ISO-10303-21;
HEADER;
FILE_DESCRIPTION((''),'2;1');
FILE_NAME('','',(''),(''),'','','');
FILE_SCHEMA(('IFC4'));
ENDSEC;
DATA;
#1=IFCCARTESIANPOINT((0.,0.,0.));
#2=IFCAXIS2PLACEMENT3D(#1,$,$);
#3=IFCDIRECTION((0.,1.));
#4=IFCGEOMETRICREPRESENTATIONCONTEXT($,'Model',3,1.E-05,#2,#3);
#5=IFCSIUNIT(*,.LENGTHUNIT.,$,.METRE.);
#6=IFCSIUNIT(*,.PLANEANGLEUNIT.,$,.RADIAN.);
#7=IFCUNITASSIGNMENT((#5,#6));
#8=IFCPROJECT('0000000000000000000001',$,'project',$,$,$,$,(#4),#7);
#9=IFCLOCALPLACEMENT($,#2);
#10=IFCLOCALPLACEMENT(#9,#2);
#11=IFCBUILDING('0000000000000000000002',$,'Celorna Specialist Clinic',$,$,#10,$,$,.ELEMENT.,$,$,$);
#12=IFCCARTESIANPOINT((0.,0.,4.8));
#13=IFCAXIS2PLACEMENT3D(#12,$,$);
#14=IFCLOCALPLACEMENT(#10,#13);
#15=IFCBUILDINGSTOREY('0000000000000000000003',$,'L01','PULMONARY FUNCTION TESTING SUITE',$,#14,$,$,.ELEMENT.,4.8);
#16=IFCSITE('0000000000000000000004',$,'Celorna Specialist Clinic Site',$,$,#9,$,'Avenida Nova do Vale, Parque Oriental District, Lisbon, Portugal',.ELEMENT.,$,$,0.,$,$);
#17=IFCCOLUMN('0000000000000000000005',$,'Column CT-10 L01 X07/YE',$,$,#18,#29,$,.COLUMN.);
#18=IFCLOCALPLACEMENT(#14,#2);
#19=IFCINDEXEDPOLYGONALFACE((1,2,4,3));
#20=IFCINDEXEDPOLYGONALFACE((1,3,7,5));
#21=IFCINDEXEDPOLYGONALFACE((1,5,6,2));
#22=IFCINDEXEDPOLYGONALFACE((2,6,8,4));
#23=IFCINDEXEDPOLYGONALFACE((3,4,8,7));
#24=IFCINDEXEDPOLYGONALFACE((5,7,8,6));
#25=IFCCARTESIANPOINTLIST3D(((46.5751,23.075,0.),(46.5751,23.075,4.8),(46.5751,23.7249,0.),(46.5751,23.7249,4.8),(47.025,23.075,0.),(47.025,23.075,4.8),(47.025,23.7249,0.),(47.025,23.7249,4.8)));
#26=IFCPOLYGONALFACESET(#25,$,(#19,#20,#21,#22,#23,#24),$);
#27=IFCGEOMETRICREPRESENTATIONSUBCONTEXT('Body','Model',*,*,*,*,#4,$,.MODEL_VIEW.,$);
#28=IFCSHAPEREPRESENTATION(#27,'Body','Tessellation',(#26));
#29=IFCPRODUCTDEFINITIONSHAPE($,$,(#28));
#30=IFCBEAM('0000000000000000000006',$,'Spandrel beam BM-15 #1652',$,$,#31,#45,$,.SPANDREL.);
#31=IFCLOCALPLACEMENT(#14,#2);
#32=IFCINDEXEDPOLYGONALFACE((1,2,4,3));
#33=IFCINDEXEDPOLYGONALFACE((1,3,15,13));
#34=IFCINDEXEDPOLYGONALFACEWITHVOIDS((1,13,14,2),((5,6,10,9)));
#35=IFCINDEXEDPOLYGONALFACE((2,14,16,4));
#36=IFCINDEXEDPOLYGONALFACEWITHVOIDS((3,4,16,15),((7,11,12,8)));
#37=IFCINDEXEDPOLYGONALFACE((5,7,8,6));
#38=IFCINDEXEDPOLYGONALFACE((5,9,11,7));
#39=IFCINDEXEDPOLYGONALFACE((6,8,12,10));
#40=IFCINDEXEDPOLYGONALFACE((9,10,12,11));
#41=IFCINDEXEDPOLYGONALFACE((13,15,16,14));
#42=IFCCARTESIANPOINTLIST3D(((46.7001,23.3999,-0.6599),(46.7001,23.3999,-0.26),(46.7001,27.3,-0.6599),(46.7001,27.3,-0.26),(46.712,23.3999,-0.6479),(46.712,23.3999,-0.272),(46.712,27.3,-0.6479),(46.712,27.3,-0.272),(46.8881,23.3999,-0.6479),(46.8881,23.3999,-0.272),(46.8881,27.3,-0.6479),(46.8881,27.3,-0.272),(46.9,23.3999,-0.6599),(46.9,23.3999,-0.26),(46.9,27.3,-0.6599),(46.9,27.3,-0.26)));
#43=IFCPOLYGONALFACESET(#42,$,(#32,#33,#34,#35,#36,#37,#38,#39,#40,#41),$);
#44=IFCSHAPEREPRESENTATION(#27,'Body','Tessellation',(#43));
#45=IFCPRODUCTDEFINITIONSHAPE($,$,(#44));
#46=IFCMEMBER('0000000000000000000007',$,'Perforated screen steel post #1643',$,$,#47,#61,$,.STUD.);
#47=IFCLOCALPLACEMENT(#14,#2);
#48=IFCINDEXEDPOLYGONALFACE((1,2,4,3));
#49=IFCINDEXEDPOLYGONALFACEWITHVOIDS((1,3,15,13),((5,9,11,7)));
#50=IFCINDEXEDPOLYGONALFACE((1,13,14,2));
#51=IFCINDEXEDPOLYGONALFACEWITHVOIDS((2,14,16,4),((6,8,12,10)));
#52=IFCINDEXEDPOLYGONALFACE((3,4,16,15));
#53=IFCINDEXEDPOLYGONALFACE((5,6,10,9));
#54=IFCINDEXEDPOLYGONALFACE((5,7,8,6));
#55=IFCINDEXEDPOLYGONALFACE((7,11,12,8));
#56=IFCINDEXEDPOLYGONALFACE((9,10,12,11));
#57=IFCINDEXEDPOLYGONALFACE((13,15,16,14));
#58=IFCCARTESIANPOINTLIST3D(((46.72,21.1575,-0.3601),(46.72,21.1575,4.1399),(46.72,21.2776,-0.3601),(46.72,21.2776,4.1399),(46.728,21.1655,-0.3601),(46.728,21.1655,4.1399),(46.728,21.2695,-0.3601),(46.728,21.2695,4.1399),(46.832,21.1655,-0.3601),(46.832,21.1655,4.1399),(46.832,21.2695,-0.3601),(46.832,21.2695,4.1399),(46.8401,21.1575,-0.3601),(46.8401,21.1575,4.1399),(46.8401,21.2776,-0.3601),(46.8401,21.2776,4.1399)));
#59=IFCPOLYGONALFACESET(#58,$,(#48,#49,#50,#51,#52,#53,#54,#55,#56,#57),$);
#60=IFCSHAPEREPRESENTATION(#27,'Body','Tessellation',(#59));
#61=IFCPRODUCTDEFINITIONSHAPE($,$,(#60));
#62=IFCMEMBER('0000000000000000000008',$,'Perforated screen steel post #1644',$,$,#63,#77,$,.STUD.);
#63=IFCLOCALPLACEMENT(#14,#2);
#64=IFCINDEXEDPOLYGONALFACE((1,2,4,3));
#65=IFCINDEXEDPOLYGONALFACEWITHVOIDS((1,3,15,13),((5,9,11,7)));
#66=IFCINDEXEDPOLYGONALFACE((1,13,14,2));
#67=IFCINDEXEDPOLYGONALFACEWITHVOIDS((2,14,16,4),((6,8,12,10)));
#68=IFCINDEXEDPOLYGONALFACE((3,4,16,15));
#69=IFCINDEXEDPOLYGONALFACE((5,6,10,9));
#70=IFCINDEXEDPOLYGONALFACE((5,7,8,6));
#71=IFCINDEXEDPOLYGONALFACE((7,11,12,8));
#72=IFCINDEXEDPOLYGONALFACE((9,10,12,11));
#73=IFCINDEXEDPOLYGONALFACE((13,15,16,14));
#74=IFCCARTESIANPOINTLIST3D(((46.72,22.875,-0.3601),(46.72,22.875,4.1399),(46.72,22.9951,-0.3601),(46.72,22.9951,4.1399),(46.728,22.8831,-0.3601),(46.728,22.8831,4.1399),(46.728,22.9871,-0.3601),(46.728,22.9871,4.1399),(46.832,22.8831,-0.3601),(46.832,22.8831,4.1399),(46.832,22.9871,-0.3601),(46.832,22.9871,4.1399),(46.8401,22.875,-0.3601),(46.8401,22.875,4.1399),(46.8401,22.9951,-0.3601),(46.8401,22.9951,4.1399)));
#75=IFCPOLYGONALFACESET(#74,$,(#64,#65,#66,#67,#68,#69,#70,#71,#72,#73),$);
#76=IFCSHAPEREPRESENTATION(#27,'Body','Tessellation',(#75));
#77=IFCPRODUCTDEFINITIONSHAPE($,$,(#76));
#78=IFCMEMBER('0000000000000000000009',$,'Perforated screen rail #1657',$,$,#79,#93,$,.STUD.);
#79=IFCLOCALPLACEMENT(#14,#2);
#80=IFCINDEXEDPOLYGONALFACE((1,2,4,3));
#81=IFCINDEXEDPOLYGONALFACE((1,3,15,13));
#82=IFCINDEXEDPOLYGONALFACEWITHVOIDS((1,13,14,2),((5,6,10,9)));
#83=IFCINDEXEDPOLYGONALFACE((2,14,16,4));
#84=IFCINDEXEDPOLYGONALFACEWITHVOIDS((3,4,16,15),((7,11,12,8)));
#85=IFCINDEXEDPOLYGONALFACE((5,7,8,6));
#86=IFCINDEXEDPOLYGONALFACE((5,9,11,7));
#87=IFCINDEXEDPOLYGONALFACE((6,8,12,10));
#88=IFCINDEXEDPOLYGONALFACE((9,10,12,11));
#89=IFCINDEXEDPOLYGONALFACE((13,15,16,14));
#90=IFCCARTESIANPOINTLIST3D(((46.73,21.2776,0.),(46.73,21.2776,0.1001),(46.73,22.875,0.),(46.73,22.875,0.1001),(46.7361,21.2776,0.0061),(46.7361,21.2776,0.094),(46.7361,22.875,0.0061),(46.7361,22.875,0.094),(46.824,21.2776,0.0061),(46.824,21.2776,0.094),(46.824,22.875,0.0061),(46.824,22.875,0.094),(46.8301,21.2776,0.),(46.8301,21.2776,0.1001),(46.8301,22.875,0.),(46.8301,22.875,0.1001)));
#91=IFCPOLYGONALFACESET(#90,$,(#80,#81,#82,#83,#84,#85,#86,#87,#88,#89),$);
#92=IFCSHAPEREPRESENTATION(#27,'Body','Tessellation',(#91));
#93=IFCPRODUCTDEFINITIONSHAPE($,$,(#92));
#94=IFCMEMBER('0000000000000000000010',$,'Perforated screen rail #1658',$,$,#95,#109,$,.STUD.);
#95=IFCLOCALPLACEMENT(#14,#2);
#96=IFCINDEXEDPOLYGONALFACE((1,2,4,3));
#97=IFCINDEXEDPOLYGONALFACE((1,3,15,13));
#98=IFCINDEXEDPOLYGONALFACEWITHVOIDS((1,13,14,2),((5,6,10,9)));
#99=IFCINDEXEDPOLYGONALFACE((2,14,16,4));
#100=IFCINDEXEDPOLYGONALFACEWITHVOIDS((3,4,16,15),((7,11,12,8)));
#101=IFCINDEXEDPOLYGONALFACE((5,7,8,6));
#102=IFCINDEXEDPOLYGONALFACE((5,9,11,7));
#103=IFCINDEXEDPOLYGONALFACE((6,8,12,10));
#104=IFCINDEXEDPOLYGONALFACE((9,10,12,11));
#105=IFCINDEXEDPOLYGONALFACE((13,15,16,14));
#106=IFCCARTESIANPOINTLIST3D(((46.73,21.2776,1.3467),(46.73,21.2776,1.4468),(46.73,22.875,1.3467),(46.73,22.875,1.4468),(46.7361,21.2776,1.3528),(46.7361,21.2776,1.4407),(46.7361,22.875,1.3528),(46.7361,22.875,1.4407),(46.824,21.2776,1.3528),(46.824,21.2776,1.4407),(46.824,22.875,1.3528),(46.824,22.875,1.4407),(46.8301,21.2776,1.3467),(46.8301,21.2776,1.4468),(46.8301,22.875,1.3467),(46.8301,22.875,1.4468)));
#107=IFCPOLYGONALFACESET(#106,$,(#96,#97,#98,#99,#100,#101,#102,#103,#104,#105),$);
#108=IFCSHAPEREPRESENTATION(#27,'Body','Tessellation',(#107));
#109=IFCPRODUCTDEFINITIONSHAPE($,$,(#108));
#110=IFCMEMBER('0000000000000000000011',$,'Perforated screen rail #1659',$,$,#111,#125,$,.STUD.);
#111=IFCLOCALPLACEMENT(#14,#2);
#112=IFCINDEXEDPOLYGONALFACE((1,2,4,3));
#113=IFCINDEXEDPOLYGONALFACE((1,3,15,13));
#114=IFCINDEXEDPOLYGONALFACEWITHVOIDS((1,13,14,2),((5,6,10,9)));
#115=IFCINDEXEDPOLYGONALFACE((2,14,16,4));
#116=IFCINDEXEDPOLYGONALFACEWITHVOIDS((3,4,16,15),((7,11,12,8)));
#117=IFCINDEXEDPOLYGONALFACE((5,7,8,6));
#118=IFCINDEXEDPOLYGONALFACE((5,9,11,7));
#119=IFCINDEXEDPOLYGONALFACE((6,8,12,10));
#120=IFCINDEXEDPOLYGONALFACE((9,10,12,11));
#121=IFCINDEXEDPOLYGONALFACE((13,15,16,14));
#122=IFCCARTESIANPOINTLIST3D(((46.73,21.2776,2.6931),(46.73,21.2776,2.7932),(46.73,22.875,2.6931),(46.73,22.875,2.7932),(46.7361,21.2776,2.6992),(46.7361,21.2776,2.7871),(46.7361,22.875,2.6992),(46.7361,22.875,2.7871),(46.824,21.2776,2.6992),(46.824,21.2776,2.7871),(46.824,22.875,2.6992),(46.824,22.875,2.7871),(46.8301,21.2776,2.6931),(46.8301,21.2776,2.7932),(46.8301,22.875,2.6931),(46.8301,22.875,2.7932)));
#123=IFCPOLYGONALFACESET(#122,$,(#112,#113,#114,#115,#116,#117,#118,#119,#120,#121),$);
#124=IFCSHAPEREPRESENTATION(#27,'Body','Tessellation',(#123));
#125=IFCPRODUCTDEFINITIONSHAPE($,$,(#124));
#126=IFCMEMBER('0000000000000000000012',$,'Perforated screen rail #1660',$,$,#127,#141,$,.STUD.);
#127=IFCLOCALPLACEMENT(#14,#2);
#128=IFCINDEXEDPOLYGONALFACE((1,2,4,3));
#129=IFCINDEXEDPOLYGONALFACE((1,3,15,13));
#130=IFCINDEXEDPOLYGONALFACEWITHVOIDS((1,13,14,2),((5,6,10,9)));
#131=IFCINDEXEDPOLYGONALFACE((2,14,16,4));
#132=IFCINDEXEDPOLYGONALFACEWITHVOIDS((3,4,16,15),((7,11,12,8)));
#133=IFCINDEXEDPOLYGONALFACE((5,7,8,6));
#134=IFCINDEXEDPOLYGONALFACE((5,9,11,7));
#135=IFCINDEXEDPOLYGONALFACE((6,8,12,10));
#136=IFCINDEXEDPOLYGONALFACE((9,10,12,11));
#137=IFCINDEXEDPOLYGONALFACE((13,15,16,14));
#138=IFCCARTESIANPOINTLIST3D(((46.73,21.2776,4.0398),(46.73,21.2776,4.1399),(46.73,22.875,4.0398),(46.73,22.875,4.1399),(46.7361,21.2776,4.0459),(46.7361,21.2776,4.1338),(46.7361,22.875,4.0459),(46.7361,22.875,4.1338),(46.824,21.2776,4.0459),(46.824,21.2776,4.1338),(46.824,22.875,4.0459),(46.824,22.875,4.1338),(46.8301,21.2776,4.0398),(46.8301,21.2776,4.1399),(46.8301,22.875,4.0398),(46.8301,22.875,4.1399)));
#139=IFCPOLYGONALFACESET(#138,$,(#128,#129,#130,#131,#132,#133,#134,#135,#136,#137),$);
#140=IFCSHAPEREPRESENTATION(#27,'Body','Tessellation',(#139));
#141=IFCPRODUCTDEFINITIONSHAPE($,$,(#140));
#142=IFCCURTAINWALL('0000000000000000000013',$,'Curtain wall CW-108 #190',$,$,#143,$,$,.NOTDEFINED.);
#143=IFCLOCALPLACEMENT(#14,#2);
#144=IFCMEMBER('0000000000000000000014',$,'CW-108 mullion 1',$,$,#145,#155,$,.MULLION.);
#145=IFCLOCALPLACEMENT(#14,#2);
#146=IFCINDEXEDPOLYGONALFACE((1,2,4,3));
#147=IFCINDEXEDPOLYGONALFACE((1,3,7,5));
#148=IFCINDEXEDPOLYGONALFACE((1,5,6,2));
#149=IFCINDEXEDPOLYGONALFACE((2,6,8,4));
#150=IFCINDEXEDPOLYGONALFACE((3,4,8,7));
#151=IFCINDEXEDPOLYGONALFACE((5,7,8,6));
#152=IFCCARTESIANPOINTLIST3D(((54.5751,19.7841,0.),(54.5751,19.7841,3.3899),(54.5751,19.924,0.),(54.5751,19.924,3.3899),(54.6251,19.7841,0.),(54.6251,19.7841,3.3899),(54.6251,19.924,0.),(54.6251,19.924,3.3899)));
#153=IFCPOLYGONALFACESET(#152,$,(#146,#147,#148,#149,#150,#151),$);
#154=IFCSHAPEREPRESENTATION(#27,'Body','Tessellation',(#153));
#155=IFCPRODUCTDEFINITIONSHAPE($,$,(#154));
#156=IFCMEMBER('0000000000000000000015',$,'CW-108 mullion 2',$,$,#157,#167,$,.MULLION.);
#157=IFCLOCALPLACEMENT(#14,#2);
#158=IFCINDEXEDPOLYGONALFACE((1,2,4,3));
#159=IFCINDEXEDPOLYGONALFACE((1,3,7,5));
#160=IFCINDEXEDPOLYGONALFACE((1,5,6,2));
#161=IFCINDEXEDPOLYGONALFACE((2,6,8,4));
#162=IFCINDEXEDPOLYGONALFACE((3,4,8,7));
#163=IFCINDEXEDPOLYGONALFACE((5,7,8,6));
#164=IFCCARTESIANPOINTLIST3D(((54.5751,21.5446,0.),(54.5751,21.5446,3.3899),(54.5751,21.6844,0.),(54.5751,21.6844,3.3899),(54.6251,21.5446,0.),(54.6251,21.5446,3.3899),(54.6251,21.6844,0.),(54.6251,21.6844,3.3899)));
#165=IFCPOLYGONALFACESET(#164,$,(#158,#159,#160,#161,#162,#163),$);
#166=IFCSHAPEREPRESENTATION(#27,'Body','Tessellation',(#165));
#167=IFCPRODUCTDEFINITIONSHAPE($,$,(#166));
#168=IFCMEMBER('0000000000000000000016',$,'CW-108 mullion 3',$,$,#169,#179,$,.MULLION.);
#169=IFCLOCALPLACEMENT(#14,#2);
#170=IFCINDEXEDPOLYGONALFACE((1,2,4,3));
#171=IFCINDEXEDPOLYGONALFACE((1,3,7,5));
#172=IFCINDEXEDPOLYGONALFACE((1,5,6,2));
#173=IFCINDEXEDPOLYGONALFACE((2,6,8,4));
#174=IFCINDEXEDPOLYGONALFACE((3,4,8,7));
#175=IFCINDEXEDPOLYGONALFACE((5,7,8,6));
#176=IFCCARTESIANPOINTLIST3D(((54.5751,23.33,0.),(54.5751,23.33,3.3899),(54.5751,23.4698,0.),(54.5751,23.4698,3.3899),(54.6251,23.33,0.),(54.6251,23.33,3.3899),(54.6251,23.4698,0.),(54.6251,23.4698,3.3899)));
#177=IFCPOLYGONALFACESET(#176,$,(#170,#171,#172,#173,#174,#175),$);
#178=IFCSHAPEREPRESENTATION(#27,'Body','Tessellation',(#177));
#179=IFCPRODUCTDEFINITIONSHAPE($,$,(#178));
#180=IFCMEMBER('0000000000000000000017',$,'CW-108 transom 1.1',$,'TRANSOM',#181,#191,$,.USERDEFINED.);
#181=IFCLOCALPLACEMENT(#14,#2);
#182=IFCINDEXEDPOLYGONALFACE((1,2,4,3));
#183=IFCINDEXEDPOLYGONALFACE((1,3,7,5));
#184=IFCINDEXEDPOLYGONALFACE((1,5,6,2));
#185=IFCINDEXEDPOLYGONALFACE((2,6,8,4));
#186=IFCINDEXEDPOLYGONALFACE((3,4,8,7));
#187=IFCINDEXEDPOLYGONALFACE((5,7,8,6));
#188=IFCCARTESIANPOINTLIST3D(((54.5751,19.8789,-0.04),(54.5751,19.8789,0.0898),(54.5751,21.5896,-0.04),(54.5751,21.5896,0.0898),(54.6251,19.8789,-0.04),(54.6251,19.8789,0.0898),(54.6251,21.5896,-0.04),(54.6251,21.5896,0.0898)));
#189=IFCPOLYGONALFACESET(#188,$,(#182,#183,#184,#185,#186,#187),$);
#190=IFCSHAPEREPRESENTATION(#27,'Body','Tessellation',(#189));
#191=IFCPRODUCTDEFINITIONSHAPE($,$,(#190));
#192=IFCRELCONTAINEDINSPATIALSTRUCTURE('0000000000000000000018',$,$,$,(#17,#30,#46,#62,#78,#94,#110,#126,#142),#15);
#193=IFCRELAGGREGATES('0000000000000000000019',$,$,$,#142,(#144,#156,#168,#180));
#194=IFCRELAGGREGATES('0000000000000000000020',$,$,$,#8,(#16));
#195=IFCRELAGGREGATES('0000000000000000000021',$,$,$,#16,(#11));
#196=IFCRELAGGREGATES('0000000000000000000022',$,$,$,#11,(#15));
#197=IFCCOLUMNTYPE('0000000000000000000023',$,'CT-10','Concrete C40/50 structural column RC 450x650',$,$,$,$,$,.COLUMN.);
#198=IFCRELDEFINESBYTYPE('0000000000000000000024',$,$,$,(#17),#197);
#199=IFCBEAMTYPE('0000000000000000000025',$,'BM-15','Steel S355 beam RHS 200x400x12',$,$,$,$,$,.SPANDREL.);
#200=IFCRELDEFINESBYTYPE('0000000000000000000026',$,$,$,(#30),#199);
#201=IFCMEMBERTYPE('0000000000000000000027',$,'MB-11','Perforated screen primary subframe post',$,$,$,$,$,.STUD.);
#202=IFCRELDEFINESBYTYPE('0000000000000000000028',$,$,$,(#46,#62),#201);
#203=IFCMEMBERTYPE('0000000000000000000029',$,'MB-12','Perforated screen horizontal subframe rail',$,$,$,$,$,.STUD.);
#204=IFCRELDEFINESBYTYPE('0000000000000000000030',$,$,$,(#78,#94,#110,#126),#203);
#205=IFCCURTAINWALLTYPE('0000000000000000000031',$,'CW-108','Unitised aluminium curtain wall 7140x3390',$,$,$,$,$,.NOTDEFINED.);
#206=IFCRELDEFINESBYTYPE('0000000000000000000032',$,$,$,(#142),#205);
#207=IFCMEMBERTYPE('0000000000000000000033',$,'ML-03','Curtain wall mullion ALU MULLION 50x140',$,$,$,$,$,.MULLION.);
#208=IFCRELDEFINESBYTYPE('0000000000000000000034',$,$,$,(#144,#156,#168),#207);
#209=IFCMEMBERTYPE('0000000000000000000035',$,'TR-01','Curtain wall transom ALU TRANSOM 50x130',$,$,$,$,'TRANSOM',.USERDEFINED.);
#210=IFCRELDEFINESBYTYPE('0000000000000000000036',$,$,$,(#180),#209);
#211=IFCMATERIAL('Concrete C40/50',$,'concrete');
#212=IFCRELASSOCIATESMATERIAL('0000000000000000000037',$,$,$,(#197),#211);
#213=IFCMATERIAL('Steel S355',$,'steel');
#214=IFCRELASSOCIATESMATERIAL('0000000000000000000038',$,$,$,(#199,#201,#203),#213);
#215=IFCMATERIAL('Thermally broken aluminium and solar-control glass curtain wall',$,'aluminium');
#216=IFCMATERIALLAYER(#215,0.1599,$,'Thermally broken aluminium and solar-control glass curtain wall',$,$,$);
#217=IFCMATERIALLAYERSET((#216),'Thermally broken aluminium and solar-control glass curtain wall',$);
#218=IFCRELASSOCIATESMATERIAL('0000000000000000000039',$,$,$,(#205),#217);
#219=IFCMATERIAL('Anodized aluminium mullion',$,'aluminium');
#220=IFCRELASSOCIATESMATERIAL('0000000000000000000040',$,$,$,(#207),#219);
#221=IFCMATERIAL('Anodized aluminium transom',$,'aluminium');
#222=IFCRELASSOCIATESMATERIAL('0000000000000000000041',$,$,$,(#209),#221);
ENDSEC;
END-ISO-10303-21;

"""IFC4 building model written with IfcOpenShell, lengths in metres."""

from ifc_helpers import new_model, si_unit, direction, frame, origin, origin_2d, place, context, subcontext, project, spatial, rectangle, hollow_rectangle, extrude, material, layer, layer_set, material_profile, profile_set, type_object, element, aggregate, save


model = new_model("IFC4")

# Units and contexts
model_context = context("Model", 3, precision=1e-05, world=origin(), true_north=direction((0.0, 1.0)))
body_context = subcontext(model_context, "Body", "Model", "MODEL_VIEW")
ifc_project = project(units=[si_unit("LENGTHUNIT", "METRE"), si_unit("PLANEANGLEUNIT", "RADIAN")], contexts=[model_context])

# Site, building, storey
site_placement = place(None, origin())
site = spatial("IfcSite", under=ifc_project, at=site_placement, Name="Celorna Specialist Clinic Site", LongName="Avenida Nova do Vale, Parque Oriental District, Lisbon, Portugal", CompositionType="ELEMENT", RefElevation=0.0)
building_placement = place(site_placement, origin())
building = spatial("IfcBuilding", under=site, at=building_placement, Name="Celorna Specialist Clinic", CompositionType="ELEMENT")
storey_placement = place(building_placement, frame((0.0, 0.0, 4.8)))
storey = spatial("IfcBuildingStorey", under=building, at=storey_placement, Name="L01", Description="PULMONARY FUNCTION TESTING SUITE", CompositionType="ELEMENT", Elevation=4.8)

# Column
ifc_material_1 = material(Name="Concrete C40/50", Category="concrete")
ifc_material_profile_1 = material_profile(ifc_material_1, rectangle(XDim=0.45, YDim=0.6499, at=origin_2d()), Name="RC 450x650")
ifc_profile_set_1 = profile_set([ifc_material_profile_1], Name="Concrete C40/50")
column_type = type_object("IfcColumnType", Name="CT-10", Description="Concrete C40/50 structural column RC 450x650", PredefinedType="COLUMN", material=ifc_profile_set_1)
column_placement = place(storey_placement, frame((46.8, 23.3999, 0.0), z_axis=(0.0, 0.0, 1.0), x_axis=(1.0, 0.0, 0.0)))
element("IfcColumn", 1, at=column_placement, inside=storey, type_object=column_type, Name="Column CT-10 L01 X07/YE", PredefinedType="COLUMN", context=body_context, shape_type="SweptSolid", body=[
    extrude(rectangle(XDim=0.45, YDim=0.6499, at=origin_2d()), origin(), (0.0, 0.0, 1.0), 4.8),
])

# Beam
ifc_material_2 = material(Name="Steel S355", Category="steel")
ifc_material_profile_2 = material_profile(ifc_material_2, hollow_rectangle(XDim=0.2, YDim=0.3999, WallThickness=0.012, at=origin_2d()), Name="RHS 200x400x12")
ifc_profile_set_2 = profile_set([ifc_material_profile_2], Name="Steel S355")
beam_type = type_object("IfcBeamType", Name="BM-15", Description="Steel S355 beam RHS 200x400x12", PredefinedType="SPANDREL", material=ifc_profile_set_2)
beam_placement = place(storey_placement, frame((46.8, 23.3999, -0.46), z_axis=(0.0, 1.0, 0.0), x_axis=(-1.0, 0.0, 0.0)))
element("IfcBeam", 2, at=beam_placement, inside=storey, type_object=beam_type, Name="Spandrel beam BM-15 #1652", PredefinedType="SPANDREL", context=body_context, shape_type="SweptSolid", body=[
    extrude(hollow_rectangle(XDim=0.2, YDim=0.3999, WallThickness=0.012, at=origin_2d()), origin(), (0.0, 0.0, 1.0), 3.9001),
])

# Members
ifc_material_profile_3 = material_profile(ifc_material_2, hollow_rectangle(XDim=0.1201, YDim=0.1201, WallThickness=0.0081, at=origin_2d()), Name="SHS 120x120x8")
ifc_profile_set_3 = profile_set([ifc_material_profile_3], Name="Steel S355")
member_type_1 = type_object("IfcMemberType", Name="MB-11", Description="Perforated screen primary subframe post", PredefinedType="STUD", material=ifc_profile_set_3)
for number, where, z_axis, x_axis, name in (
    (3, (46.78, 21.2175, -0.3601), (0.0, 0.0, 1.0), (1.0, 0.0, 0.0), "Perforated screen steel post #1643"),
    (4, (46.78, 22.9351, -0.3601), (0.0, 0.0, 1.0), (1.0, 0.0, 0.0), "Perforated screen steel post #1644"),
):
    element("IfcMember", number, at=place(storey_placement, frame(where, z_axis=z_axis, x_axis=x_axis)), inside=storey, type_object=member_type_1, Name=name, PredefinedType="STUD", context=body_context, shape_type="SweptSolid", body=[
        extrude(hollow_rectangle(XDim=0.1201, YDim=0.1201, WallThickness=0.0081, at=origin_2d()), origin(), (0.0, 0.0, 1.0), 4.5),
    ])
ifc_material_profile_4 = material_profile(ifc_material_2, hollow_rectangle(XDim=0.1001, YDim=0.1001, WallThickness=0.0061, at=origin_2d()), Name="SHS 100x100x6")
ifc_profile_set_4 = profile_set([ifc_material_profile_4], Name="Steel S355")
member_type_2 = type_object("IfcMemberType", Name="MB-12", Description="Perforated screen horizontal subframe rail", PredefinedType="STUD", material=ifc_profile_set_4)
for number, where, z_axis, x_axis, name in (
    (5, (46.78, 21.2776, 0.05), (0.0, 1.0, 0.0), (-1.0, 0.0, 0.0), "Perforated screen rail #1657"),
    (6, (46.78, 21.2776, 1.3967), (0.0, 1.0, 0.0), (-1.0, 0.0, 0.0), "Perforated screen rail #1658"),
    (7, (46.78, 21.2776, 2.7432), (0.0, 1.0, 0.0), (-1.0, 0.0, 0.0), "Perforated screen rail #1659"),
    (8, (46.78, 21.2776, 4.0898), (0.0, 1.0, 0.0), (-1.0, 0.0, 0.0), "Perforated screen rail #1660"),
):
    element("IfcMember", number, at=place(storey_placement, frame(where, z_axis=z_axis, x_axis=x_axis)), inside=storey, type_object=member_type_2, Name=name, PredefinedType="STUD", context=body_context, shape_type="SweptSolid", body=[
        extrude(hollow_rectangle(XDim=0.1001, YDim=0.1001, WallThickness=0.0061, at=origin_2d()), origin(), (0.0, 0.0, 1.0), 1.5974),
    ])

# Curtain wall, members
ifc_material_3 = material(Name="Thermally broken aluminium and solar-control glass curtain wall", Category="aluminium")
ifc_layer_1 = layer(ifc_material_3, 0.1599, Name="Thermally broken aluminium and solar-control glass curtain wall")
ifc_layer_set_1 = layer_set([ifc_layer_1], Name="Thermally broken aluminium and solar-control glass curtain wall")
curtain_wall_type = type_object("IfcCurtainWallType", Name="CW-108", Description="Unitised aluminium curtain wall 7140x3390", PredefinedType="NOTDEFINED", material=ifc_layer_set_1)
curtain_wall_placement = place(storey_placement, origin())
curtain_wall = element("IfcCurtainWall", 9, at=curtain_wall_placement, inside=storey, type_object=curtain_wall_type, Name="Curtain wall CW-108 #190", PredefinedType="NOTDEFINED")
ifc_material_4 = material(Name="Anodized aluminium mullion", Category="aluminium")
ifc_material_profile_5 = material_profile(ifc_material_4, rectangle(XDim=0.05, YDim=0.1399, at=origin_2d()), Name="ALU MULLION 50x140")
ifc_profile_set_5 = profile_set([ifc_material_profile_5], Name="Anodized aluminium mullion")
member_type_3 = type_object("IfcMemberType", Name="ML-03", Description="Curtain wall mullion ALU MULLION 50x140", PredefinedType="MULLION", material=ifc_profile_set_5)
member_1_placement = place(storey_placement, frame((54.6001, 19.854, 0.0), z_axis=(0.0, 0.0, 1.0), x_axis=(-1.0, 0.0, 0.0)))
member_1 = element("IfcMember", 10, at=member_1_placement, type_object=member_type_3, Name="CW-108 mullion 1", PredefinedType="MULLION", context=body_context, shape_type="SweptSolid", body=[
    extrude(rectangle(XDim=0.05, YDim=0.1399, at=origin_2d()), origin(), (0.0, 0.0, 1.0), 3.3899),
])
member_2_placement = place(storey_placement, frame((54.6001, 21.6145, 0.0), z_axis=(0.0, 0.0, 1.0), x_axis=(-1.0, 0.0, 0.0)))
member_2 = element("IfcMember", 11, at=member_2_placement, type_object=member_type_3, Name="CW-108 mullion 2", PredefinedType="MULLION", context=body_context, shape_type="SweptSolid", body=[
    extrude(rectangle(XDim=0.05, YDim=0.1399, at=origin_2d()), origin(), (0.0, 0.0, 1.0), 3.3899),
])
member_3_placement = place(storey_placement, frame((54.6001, 23.3999, 0.0), z_axis=(0.0, 0.0, 1.0), x_axis=(-1.0, 0.0, 0.0)))
member_3 = element("IfcMember", 12, at=member_3_placement, type_object=member_type_3, Name="CW-108 mullion 3", PredefinedType="MULLION", context=body_context, shape_type="SweptSolid", body=[
    extrude(rectangle(XDim=0.05, YDim=0.1399, at=origin_2d()), origin(), (0.0, 0.0, 1.0), 3.3899),
])
ifc_material_5 = material(Name="Anodized aluminium transom", Category="aluminium")
ifc_material_profile_6 = material_profile(ifc_material_5, rectangle(XDim=0.05, YDim=0.1299, at=origin_2d()), Name="ALU TRANSOM 50x130")
ifc_profile_set_6 = profile_set([ifc_material_profile_6], Name="Anodized aluminium transom")
member_type_4 = type_object("IfcMemberType", Name="TR-01", Description="Curtain wall transom ALU TRANSOM 50x130", ElementType="TRANSOM", PredefinedType="USERDEFINED", material=ifc_profile_set_6)
member_4_placement = place(storey_placement, frame((54.6001, 19.8789, 0.0249), z_axis=(0.0, 1.0, 0.0), x_axis=(-1.0, 0.0, 0.0)))
member_4 = element("IfcMember", 13, at=member_4_placement, type_object=member_type_4, Name="CW-108 transom 1.1", ObjectType="TRANSOM", PredefinedType="USERDEFINED", context=body_context, shape_type="SweptSolid", body=[
    extrude(rectangle(XDim=0.05, YDim=0.1299, at=origin_2d()), origin(), (0.0, 0.0, 1.0), 1.7107),
])
aggregate(curtain_wall, [member_1, member_2, member_3, member_4])

save(model, "model.ifc")
